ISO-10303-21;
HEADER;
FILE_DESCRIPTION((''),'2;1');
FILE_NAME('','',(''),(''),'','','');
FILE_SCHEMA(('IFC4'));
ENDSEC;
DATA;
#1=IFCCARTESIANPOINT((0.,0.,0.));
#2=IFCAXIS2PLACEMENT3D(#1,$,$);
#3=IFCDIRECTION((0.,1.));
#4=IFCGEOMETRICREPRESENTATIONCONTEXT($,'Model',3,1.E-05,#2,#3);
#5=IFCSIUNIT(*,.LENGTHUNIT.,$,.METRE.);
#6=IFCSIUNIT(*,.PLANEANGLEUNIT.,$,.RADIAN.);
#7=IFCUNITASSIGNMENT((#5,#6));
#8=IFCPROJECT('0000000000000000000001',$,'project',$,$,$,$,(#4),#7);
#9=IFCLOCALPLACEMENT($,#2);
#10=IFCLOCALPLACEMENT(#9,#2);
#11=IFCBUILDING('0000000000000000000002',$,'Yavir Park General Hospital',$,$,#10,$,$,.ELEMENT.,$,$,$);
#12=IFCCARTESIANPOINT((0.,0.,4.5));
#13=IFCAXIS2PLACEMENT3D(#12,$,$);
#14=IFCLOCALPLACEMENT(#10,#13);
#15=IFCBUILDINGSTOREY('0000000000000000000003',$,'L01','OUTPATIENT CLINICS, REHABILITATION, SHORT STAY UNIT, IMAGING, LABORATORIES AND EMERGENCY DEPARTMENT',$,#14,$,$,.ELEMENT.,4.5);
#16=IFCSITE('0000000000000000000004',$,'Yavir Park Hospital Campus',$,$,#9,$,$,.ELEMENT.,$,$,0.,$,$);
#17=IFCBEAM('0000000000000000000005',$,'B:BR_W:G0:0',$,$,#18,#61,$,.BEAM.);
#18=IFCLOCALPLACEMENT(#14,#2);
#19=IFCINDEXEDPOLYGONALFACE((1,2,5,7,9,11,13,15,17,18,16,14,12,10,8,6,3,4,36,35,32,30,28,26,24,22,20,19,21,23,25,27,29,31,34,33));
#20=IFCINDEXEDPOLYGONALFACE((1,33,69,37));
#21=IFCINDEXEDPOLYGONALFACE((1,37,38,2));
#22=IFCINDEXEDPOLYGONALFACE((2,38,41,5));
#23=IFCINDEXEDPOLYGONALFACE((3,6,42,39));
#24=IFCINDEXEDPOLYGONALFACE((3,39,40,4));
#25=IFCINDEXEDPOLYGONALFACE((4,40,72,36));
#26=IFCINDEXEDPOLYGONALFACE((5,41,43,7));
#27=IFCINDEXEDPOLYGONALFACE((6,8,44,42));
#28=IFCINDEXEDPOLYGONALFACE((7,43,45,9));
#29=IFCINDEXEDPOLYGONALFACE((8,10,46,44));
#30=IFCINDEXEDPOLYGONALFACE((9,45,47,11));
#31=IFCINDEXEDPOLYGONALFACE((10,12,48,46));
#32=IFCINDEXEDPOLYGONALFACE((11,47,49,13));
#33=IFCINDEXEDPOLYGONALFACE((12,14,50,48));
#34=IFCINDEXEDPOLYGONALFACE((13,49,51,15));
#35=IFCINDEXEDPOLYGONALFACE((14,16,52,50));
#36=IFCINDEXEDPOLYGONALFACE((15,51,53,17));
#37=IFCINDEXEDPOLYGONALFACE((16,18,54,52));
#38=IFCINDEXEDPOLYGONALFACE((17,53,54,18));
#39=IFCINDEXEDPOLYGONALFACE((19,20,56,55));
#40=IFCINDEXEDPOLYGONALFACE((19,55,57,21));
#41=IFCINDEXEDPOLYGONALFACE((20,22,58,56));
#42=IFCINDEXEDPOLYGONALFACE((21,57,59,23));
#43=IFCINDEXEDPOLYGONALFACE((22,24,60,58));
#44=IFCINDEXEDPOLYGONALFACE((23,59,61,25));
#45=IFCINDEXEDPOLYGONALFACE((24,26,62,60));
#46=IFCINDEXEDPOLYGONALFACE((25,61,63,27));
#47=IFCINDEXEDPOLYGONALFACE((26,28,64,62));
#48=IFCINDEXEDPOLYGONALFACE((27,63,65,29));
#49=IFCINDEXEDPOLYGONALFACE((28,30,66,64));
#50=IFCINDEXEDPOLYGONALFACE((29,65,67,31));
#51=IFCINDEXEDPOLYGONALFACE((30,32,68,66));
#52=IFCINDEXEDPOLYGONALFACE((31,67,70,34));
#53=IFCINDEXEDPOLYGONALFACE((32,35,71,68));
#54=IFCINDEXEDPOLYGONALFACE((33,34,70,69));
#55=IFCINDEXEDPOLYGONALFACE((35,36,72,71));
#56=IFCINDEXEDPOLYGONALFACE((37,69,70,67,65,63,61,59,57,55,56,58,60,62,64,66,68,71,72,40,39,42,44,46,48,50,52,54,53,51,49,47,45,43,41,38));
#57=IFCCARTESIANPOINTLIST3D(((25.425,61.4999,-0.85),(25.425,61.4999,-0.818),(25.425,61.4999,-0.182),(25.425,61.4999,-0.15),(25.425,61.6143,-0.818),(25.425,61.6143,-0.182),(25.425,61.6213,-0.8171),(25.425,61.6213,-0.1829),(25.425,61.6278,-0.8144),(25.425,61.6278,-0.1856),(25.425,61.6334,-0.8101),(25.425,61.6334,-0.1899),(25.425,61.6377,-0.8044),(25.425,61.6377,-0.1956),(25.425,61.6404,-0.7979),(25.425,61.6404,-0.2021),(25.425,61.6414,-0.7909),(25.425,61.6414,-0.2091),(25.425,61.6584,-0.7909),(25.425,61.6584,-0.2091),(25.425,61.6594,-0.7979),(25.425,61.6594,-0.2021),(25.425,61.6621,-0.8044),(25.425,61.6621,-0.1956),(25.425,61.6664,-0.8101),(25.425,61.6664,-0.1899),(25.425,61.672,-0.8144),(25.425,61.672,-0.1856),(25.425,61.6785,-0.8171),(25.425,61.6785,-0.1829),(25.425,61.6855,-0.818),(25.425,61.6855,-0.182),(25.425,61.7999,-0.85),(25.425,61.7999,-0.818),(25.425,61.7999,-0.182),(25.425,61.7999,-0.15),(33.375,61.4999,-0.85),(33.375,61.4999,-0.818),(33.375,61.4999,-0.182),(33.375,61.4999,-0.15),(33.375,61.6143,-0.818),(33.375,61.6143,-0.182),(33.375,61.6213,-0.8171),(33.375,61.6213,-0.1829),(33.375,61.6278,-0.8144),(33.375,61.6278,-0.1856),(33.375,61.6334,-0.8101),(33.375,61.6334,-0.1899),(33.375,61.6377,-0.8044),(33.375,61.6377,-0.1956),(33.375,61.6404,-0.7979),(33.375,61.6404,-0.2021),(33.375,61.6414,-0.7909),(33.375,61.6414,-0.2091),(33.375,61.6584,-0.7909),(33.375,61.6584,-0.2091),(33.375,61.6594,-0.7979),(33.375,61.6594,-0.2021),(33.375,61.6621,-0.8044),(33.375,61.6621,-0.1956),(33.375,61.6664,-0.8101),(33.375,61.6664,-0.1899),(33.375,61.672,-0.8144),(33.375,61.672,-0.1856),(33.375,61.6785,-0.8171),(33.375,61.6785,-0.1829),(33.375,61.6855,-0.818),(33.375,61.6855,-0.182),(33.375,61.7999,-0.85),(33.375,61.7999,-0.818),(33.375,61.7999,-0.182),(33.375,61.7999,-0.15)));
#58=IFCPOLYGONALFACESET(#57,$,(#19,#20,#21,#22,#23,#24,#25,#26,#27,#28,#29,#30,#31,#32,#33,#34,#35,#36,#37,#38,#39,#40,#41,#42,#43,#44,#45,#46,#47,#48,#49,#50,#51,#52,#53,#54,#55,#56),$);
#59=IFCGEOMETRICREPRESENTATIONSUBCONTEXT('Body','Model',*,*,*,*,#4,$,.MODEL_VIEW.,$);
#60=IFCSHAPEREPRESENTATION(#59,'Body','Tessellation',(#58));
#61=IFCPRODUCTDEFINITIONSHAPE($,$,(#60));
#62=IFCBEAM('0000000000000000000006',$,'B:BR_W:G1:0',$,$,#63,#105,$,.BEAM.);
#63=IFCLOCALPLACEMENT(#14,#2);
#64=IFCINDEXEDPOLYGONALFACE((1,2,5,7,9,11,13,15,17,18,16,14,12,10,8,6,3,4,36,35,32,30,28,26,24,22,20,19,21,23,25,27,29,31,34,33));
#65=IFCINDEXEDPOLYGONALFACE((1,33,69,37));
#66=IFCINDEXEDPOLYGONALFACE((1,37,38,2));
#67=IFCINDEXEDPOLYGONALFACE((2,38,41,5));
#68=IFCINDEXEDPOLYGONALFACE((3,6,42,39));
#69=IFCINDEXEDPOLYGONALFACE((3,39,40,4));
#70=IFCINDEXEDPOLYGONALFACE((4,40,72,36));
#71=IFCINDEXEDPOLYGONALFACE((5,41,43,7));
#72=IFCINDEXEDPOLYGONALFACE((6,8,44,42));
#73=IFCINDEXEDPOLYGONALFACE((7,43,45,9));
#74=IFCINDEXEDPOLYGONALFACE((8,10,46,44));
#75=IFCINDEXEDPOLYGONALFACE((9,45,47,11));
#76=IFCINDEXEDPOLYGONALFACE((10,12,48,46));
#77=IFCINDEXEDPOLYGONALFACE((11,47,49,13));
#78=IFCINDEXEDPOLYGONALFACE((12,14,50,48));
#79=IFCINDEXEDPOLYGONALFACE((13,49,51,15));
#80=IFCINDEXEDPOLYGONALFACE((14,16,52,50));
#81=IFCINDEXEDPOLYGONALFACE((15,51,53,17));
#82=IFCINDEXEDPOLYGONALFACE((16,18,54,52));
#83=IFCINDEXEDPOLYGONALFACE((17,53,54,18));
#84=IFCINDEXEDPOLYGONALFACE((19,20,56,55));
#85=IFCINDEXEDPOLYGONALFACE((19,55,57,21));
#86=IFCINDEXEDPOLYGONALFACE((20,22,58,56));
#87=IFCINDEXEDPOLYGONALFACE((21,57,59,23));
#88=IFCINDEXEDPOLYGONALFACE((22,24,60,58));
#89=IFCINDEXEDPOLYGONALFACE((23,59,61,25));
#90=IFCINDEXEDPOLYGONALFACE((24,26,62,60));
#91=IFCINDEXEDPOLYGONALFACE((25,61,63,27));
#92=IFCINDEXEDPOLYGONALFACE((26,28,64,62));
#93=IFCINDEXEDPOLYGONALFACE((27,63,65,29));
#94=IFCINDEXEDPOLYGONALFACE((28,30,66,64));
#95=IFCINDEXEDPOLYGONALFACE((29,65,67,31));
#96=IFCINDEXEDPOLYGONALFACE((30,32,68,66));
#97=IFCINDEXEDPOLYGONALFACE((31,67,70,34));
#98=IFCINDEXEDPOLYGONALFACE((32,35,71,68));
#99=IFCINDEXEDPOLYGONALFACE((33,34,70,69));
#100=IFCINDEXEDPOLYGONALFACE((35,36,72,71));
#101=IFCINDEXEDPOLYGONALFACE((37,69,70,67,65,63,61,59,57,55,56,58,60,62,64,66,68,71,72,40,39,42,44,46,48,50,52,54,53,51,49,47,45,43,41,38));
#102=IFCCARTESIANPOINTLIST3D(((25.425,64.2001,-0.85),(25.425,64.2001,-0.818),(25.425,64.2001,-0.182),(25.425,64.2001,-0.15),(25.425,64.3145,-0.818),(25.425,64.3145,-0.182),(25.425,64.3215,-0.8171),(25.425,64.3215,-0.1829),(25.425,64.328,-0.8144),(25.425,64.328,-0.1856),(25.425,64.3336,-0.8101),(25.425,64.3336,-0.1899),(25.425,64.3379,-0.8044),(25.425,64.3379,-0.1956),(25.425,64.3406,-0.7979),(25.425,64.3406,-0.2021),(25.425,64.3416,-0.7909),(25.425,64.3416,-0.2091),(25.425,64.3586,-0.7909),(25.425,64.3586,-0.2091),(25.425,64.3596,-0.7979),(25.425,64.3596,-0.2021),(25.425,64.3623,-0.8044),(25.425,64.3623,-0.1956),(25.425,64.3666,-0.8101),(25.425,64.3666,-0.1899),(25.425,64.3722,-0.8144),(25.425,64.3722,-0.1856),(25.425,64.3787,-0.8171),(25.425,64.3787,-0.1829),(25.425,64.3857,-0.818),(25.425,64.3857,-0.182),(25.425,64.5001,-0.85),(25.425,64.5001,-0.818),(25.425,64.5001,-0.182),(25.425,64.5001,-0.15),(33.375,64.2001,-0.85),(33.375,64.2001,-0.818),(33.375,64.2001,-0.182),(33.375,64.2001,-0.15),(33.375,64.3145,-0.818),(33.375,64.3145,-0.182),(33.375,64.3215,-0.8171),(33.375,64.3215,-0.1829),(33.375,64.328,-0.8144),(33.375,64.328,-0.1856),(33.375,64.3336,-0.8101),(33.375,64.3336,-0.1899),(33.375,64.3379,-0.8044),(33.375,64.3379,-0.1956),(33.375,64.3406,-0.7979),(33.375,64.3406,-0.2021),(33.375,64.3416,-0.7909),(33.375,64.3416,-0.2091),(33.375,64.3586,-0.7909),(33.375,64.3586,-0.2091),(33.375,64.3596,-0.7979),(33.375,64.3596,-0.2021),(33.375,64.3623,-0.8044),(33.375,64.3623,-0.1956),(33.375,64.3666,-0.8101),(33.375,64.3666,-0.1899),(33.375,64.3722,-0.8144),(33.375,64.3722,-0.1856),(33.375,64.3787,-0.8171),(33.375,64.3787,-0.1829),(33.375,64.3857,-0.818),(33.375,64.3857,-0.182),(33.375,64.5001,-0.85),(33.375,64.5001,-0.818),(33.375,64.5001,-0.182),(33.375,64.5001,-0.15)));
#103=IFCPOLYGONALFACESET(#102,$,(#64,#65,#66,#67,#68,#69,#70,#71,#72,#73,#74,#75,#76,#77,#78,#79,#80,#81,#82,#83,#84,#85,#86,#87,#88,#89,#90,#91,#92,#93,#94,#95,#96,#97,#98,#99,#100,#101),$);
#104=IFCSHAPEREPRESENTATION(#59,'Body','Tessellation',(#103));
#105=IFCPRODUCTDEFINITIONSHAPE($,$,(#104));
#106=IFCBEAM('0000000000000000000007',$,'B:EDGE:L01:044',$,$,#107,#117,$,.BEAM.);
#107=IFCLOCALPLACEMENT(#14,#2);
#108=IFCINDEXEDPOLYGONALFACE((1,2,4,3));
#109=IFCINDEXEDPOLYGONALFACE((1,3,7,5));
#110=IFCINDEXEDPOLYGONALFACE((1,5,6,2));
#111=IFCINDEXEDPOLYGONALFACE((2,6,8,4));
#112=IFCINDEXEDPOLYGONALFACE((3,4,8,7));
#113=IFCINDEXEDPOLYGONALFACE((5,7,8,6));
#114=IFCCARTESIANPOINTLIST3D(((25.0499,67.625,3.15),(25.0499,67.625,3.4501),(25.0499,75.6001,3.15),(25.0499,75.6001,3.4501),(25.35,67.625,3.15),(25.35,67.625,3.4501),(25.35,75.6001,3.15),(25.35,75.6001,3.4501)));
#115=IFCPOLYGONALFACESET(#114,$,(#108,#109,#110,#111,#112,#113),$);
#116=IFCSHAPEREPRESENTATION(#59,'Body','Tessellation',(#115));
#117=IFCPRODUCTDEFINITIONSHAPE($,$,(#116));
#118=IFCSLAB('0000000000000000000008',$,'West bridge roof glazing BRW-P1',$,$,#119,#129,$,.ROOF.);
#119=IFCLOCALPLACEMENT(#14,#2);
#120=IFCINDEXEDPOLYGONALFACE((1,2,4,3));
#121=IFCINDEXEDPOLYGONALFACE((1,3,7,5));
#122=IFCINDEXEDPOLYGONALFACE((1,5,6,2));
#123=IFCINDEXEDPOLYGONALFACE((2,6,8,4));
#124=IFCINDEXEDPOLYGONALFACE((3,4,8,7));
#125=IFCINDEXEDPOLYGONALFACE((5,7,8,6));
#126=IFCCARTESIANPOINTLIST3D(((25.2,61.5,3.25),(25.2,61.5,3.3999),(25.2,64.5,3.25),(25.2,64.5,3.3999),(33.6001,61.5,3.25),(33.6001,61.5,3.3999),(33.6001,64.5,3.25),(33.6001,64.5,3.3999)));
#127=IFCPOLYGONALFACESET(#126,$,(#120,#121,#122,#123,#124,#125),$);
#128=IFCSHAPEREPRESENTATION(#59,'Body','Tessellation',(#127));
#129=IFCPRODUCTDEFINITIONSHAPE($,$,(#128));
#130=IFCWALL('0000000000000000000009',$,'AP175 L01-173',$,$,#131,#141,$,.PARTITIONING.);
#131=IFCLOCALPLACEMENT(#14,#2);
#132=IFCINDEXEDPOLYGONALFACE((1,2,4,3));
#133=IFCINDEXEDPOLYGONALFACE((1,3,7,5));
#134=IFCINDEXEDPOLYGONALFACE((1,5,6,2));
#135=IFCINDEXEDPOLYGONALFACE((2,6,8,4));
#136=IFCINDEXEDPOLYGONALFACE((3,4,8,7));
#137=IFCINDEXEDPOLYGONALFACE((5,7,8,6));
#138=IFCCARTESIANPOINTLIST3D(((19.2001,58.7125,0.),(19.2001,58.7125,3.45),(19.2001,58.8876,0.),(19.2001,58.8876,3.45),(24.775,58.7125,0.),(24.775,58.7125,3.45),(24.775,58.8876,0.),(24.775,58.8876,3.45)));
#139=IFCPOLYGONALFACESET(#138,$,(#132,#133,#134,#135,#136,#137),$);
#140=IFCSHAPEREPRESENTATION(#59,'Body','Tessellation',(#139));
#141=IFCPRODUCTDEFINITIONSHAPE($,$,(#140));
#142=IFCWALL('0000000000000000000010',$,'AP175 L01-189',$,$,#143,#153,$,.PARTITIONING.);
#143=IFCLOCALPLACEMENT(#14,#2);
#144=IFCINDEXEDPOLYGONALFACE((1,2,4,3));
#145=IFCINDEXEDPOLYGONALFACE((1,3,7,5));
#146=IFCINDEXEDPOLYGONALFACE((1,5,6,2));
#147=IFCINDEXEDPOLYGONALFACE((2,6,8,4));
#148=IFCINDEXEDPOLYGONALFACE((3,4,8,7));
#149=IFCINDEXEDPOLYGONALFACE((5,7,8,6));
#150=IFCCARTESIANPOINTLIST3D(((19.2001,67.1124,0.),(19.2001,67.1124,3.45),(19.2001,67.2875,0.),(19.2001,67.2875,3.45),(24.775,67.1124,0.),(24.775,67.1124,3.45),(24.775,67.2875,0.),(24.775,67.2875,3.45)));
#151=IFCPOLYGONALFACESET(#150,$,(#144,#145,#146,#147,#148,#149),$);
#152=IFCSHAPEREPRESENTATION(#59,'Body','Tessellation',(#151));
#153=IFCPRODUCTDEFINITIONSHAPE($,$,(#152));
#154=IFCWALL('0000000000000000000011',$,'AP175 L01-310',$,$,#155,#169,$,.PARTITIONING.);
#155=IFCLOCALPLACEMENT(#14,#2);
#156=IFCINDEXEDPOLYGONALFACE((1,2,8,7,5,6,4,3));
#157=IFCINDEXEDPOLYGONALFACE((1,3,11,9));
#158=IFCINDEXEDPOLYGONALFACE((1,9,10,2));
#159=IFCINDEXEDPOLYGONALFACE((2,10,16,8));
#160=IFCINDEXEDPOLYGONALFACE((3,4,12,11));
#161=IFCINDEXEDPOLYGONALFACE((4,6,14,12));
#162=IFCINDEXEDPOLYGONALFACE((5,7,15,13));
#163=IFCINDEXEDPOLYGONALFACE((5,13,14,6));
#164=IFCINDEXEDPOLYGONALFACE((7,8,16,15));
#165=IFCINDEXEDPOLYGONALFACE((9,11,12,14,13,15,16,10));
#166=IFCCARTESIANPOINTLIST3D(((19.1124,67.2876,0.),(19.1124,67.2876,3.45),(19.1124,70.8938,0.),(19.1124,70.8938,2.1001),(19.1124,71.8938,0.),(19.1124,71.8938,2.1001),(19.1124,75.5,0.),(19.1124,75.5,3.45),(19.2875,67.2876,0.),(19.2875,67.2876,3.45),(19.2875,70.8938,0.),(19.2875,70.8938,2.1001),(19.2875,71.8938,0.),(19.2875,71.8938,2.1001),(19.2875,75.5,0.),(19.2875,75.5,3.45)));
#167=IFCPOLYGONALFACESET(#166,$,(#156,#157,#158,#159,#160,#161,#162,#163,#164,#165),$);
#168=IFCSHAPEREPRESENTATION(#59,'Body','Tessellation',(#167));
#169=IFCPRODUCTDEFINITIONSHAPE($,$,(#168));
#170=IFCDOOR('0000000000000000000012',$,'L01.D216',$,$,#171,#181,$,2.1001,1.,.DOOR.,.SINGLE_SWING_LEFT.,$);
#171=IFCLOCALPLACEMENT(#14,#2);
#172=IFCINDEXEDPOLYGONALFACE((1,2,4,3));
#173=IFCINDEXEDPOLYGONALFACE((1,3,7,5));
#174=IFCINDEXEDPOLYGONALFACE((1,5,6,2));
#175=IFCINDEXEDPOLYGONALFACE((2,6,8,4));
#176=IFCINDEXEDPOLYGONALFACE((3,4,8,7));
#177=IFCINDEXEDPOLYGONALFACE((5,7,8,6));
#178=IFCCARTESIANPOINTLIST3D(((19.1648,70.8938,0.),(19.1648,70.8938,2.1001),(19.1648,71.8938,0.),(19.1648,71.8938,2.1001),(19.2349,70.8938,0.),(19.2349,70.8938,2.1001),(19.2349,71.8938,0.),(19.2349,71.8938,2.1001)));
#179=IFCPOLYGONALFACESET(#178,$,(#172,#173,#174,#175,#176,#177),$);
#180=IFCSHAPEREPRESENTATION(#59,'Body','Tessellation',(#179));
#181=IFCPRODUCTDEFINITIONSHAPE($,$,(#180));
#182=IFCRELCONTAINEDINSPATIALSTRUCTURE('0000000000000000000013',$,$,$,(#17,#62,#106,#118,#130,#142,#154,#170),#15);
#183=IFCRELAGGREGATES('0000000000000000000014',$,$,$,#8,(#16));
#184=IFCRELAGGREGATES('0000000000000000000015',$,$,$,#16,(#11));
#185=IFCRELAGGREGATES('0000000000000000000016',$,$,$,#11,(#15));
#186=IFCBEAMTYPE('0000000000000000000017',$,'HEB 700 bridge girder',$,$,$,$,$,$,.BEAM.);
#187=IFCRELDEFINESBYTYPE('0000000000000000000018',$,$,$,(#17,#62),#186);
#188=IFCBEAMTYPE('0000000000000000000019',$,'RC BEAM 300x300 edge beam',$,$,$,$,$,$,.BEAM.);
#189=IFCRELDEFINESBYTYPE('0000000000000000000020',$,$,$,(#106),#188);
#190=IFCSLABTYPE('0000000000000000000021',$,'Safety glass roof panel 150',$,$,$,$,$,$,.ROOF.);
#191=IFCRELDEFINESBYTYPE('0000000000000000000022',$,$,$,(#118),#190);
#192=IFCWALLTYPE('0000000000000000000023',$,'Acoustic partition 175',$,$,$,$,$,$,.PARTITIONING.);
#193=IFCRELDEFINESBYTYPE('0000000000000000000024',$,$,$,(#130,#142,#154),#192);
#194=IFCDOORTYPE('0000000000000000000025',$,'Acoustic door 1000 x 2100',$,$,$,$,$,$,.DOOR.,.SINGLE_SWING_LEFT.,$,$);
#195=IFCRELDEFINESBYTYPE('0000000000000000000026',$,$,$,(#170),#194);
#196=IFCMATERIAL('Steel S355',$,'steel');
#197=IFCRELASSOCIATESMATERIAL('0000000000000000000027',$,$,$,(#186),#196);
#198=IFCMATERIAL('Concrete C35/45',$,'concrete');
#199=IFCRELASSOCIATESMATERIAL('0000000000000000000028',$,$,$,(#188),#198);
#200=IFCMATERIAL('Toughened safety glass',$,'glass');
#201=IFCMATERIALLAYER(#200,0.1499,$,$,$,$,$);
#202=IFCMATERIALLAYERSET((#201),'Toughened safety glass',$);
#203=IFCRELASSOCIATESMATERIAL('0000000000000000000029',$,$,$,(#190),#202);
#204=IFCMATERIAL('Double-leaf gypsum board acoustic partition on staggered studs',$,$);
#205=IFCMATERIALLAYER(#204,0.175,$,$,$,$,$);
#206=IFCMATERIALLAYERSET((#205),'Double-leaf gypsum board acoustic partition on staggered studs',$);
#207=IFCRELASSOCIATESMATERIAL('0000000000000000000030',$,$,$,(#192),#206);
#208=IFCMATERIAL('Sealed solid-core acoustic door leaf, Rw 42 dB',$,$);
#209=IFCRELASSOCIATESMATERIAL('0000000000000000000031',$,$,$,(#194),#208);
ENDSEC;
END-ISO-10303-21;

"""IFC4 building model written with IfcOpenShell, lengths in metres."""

from ifc_helpers import new_model, si_unit, direction, frame, frame_2d, origin, origin_2d, place, context, subcontext, project, spatial, polyline, rectangle, i_section, outline, extrude, material, layer, layer_set, material_profile, profile_set, type_object, element, fill, save


model = new_model("IFC4")

# Units and contexts
model_context = context("Model", 3, precision=1e-05, world=origin(), true_north=direction((0.0, 1.0)))
body_context = subcontext(model_context, "Body", "Model", "MODEL_VIEW")
ifc_project = project(units=[si_unit("LENGTHUNIT", "METRE"), si_unit("PLANEANGLEUNIT", "RADIAN")], contexts=[model_context])

# Site, building, storey
site_placement = place(None, origin())
site = spatial("IfcSite", under=ifc_project, at=site_placement, Name="Yavir Park Hospital Campus", CompositionType="ELEMENT", RefElevation=0.0)
building_placement = place(site_placement, origin())
building = spatial("IfcBuilding", under=site, at=building_placement, Name="Yavir Park General Hospital", CompositionType="ELEMENT")
storey_placement = place(building_placement, frame((0.0, 0.0, 4.5)))
storey = spatial("IfcBuildingStorey", under=building, at=storey_placement, Name="L01", Description="OUTPATIENT CLINICS, REHABILITATION, SHORT STAY UNIT, IMAGING, LABORATORIES AND EMERGENCY DEPARTMENT", CompositionType="ELEMENT", Elevation=4.5)

# Beams
ifc_material_1 = material(Name="Steel S355", Category="steel")
ifc_material_profile_1 = material_profile(ifc_material_1, i_section(OverallWidth=0.3, OverallDepth=0.7, WebThickness=0.0171, FlangeThickness=0.032, FilletRadius=0.0271, at=origin_2d()), Name="HEB700")
ifc_profile_set_1 = profile_set([ifc_material_profile_1], Name="Steel S355")
beam_type_1 = type_object("IfcBeamType", Name="HEB 700 bridge girder", PredefinedType="BEAM", material=ifc_profile_set_1)
for number, where, z_axis, x_axis, name in (
    (1, (25.425, 61.6499, -0.5), (1.0, 0.0, 0.0), (0.0, 1.0, 0.0), "B:BR_W:G0:0"),
    (2, (25.425, 64.3501, -0.5), (1.0, 0.0, 0.0), (0.0, 1.0, 0.0), "B:BR_W:G1:0"),
):
    element("IfcBeam", number, at=place(storey_placement, frame(where, z_axis=z_axis, x_axis=x_axis)), inside=storey, type_object=beam_type_1, Name=name, PredefinedType="BEAM", context=body_context, shape_type="SweptSolid", body=[
        extrude(i_section(OverallWidth=0.3, OverallDepth=0.7, WebThickness=0.0171, FlangeThickness=0.032, FilletRadius=0.0271, at=origin_2d()), origin(), (0.0, 0.0, 1.0), 7.95),
    ])
ifc_material_2 = material(Name="Concrete C35/45", Category="concrete")
ifc_material_profile_2 = material_profile(ifc_material_2, rectangle(XDim=0.3, YDim=0.3, at=origin_2d()), Name="RC300x300")
ifc_profile_set_2 = profile_set([ifc_material_profile_2], Name="Concrete C35/45")
beam_type_2 = type_object("IfcBeamType", Name="RC BEAM 300x300 edge beam", PredefinedType="BEAM", material=ifc_profile_set_2)
beam_1_placement = place(storey_placement, frame((25.2, 67.625, 3.3), z_axis=(0.0, 1.0, 0.0), x_axis=(-1.0, 0.0, 0.0)))
element("IfcBeam", 3, at=beam_1_placement, inside=storey, type_object=beam_type_2, Name="B:EDGE:L01:044", PredefinedType="BEAM", context=body_context, shape_type="SweptSolid", body=[
    extrude(rectangle(XDim=0.3, YDim=0.3, at=origin_2d()), origin(), (0.0, 0.0, 1.0), 7.9751),
])

# Slab
ifc_material_3 = material(Name="Toughened safety glass", Category="glass")
ifc_layer_1 = layer(ifc_material_3, 0.1499)
ifc_layer_set_1 = layer_set([ifc_layer_1], Name="Toughened safety glass")
slab_type = type_object("IfcSlabType", Name="Safety glass roof panel 150", PredefinedType="ROOF", material=ifc_layer_set_1)
slab_placement = place(storey_placement, frame((25.2, 61.5, 3.3999), z_axis=(0.0, 0.0, 1.0), x_axis=(1.0, 0.0, 0.0)))
element("IfcSlab", 4, at=slab_placement, inside=storey, type_object=slab_type, Name="West bridge roof glazing BRW-P1", PredefinedType="ROOF", context=body_context, shape_type="SweptSolid", body=[
    extrude(outline(polyline([(0.0, 0.0), (8.4001, 0.0), (8.4001, 3.0), (0.0, 3.0), (0.0, 0.0)])), origin(), (0.0, 0.0, -1.0), 0.1499),
])

# Walls
ifc_material_4 = material(Name="Double-leaf gypsum board acoustic partition on staggered studs")
ifc_layer_2 = layer(ifc_material_4, 0.175)
ifc_layer_set_2 = layer_set([ifc_layer_2], Name="Double-leaf gypsum board acoustic partition on staggered studs")
wall_type_1 = type_object("IfcWallType", Name="Acoustic partition 175", PredefinedType="PARTITIONING", material=ifc_layer_set_2)
for number, where, z_axis, x_axis, name in (
    (5, (19.2, 58.8, 0.0), (0.0, 0.0, 1.0), (1.0, 0.0, 0.0), "AP175 L01-173"),
    (6, (19.2, 67.2, 0.0), (0.0, 0.0, 1.0), (1.0, 0.0, 0.0), "AP175 L01-189"),
):
    element("IfcWall", number, at=place(storey_placement, frame(where, z_axis=z_axis, x_axis=x_axis)), inside=storey, type_object=wall_type_1, Name=name, PredefinedType="PARTITIONING", context=body_context, shape_type="SweptSolid", body=[
        extrude(rectangle(XDim=5.575, YDim=0.175, at=frame_2d((2.7876, 0.0))), origin(), (0.0, 0.0, 1.0), 3.45),
    ])

# Wall, opening, door
wall_1_placement = place(storey_placement, frame((19.2, 67.2876, 0.0), z_axis=(0.0, 0.0, 1.0), x_axis=(0.0, 1.0, 0.0)))
wall_1 = element("IfcWall", 7, at=wall_1_placement, inside=storey, type_object=wall_type_1, Name="AP175 L01-310", PredefinedType="PARTITIONING", context=body_context, shape_type="SweptSolid", body=[
    extrude(rectangle(XDim=8.2124, YDim=0.175, at=frame_2d((4.1062, 0.0))), origin(), (0.0, 0.0, 1.0), 3.45),
])
opening_1_placement = place(wall_1_placement, frame((3.6062, 0.0, 0.0)))
opening_1 = element("IfcOpeningElement", 8, at=opening_1_placement, cuts=wall_1, PredefinedType="OPENING", context=body_context, shape_type="SweptSolid", body=[
    extrude(rectangle(XDim=1.0, YDim=2.1001, at=frame_2d((0.5, 1.05))), frame((0.0, 0.0974, 0.0), z_axis=(0.0, -1.0, 0.0), x_axis=(1.0, 0.0, 0.0)), (0.0, 0.0, 1.0), 0.1951),
])
ifc_material_5 = material(Name="Sealed solid-core acoustic door leaf, Rw 42 dB")
door_type_1 = type_object("IfcDoorType", Name="Acoustic door 1000 x 2100", OperationType="SINGLE_SWING_LEFT", PredefinedType="DOOR", material=ifc_material_5)
door_1_placement = place(opening_1_placement, origin())
door_1 = element("IfcDoor", 9, at=door_1_placement, inside=storey, type_object=door_type_1, Name="L01.D216", OperationType="SINGLE_SWING_LEFT", OverallHeight=2.1001, OverallWidth=1.0, PredefinedType="DOOR", context=body_context, shape_type="SweptSolid", body=[
    extrude(rectangle(XDim=1.0, YDim=2.1001, at=frame_2d((0.5, 1.05))), frame((0.0, 0.0352, 0.0), z_axis=(0.0, -1.0, 0.0), x_axis=(1.0, 0.0, 0.0)), (0.0, 0.0, 1.0), 0.0701),
])
fill(opening_1, door_1)

save(model, "model.ifc")
